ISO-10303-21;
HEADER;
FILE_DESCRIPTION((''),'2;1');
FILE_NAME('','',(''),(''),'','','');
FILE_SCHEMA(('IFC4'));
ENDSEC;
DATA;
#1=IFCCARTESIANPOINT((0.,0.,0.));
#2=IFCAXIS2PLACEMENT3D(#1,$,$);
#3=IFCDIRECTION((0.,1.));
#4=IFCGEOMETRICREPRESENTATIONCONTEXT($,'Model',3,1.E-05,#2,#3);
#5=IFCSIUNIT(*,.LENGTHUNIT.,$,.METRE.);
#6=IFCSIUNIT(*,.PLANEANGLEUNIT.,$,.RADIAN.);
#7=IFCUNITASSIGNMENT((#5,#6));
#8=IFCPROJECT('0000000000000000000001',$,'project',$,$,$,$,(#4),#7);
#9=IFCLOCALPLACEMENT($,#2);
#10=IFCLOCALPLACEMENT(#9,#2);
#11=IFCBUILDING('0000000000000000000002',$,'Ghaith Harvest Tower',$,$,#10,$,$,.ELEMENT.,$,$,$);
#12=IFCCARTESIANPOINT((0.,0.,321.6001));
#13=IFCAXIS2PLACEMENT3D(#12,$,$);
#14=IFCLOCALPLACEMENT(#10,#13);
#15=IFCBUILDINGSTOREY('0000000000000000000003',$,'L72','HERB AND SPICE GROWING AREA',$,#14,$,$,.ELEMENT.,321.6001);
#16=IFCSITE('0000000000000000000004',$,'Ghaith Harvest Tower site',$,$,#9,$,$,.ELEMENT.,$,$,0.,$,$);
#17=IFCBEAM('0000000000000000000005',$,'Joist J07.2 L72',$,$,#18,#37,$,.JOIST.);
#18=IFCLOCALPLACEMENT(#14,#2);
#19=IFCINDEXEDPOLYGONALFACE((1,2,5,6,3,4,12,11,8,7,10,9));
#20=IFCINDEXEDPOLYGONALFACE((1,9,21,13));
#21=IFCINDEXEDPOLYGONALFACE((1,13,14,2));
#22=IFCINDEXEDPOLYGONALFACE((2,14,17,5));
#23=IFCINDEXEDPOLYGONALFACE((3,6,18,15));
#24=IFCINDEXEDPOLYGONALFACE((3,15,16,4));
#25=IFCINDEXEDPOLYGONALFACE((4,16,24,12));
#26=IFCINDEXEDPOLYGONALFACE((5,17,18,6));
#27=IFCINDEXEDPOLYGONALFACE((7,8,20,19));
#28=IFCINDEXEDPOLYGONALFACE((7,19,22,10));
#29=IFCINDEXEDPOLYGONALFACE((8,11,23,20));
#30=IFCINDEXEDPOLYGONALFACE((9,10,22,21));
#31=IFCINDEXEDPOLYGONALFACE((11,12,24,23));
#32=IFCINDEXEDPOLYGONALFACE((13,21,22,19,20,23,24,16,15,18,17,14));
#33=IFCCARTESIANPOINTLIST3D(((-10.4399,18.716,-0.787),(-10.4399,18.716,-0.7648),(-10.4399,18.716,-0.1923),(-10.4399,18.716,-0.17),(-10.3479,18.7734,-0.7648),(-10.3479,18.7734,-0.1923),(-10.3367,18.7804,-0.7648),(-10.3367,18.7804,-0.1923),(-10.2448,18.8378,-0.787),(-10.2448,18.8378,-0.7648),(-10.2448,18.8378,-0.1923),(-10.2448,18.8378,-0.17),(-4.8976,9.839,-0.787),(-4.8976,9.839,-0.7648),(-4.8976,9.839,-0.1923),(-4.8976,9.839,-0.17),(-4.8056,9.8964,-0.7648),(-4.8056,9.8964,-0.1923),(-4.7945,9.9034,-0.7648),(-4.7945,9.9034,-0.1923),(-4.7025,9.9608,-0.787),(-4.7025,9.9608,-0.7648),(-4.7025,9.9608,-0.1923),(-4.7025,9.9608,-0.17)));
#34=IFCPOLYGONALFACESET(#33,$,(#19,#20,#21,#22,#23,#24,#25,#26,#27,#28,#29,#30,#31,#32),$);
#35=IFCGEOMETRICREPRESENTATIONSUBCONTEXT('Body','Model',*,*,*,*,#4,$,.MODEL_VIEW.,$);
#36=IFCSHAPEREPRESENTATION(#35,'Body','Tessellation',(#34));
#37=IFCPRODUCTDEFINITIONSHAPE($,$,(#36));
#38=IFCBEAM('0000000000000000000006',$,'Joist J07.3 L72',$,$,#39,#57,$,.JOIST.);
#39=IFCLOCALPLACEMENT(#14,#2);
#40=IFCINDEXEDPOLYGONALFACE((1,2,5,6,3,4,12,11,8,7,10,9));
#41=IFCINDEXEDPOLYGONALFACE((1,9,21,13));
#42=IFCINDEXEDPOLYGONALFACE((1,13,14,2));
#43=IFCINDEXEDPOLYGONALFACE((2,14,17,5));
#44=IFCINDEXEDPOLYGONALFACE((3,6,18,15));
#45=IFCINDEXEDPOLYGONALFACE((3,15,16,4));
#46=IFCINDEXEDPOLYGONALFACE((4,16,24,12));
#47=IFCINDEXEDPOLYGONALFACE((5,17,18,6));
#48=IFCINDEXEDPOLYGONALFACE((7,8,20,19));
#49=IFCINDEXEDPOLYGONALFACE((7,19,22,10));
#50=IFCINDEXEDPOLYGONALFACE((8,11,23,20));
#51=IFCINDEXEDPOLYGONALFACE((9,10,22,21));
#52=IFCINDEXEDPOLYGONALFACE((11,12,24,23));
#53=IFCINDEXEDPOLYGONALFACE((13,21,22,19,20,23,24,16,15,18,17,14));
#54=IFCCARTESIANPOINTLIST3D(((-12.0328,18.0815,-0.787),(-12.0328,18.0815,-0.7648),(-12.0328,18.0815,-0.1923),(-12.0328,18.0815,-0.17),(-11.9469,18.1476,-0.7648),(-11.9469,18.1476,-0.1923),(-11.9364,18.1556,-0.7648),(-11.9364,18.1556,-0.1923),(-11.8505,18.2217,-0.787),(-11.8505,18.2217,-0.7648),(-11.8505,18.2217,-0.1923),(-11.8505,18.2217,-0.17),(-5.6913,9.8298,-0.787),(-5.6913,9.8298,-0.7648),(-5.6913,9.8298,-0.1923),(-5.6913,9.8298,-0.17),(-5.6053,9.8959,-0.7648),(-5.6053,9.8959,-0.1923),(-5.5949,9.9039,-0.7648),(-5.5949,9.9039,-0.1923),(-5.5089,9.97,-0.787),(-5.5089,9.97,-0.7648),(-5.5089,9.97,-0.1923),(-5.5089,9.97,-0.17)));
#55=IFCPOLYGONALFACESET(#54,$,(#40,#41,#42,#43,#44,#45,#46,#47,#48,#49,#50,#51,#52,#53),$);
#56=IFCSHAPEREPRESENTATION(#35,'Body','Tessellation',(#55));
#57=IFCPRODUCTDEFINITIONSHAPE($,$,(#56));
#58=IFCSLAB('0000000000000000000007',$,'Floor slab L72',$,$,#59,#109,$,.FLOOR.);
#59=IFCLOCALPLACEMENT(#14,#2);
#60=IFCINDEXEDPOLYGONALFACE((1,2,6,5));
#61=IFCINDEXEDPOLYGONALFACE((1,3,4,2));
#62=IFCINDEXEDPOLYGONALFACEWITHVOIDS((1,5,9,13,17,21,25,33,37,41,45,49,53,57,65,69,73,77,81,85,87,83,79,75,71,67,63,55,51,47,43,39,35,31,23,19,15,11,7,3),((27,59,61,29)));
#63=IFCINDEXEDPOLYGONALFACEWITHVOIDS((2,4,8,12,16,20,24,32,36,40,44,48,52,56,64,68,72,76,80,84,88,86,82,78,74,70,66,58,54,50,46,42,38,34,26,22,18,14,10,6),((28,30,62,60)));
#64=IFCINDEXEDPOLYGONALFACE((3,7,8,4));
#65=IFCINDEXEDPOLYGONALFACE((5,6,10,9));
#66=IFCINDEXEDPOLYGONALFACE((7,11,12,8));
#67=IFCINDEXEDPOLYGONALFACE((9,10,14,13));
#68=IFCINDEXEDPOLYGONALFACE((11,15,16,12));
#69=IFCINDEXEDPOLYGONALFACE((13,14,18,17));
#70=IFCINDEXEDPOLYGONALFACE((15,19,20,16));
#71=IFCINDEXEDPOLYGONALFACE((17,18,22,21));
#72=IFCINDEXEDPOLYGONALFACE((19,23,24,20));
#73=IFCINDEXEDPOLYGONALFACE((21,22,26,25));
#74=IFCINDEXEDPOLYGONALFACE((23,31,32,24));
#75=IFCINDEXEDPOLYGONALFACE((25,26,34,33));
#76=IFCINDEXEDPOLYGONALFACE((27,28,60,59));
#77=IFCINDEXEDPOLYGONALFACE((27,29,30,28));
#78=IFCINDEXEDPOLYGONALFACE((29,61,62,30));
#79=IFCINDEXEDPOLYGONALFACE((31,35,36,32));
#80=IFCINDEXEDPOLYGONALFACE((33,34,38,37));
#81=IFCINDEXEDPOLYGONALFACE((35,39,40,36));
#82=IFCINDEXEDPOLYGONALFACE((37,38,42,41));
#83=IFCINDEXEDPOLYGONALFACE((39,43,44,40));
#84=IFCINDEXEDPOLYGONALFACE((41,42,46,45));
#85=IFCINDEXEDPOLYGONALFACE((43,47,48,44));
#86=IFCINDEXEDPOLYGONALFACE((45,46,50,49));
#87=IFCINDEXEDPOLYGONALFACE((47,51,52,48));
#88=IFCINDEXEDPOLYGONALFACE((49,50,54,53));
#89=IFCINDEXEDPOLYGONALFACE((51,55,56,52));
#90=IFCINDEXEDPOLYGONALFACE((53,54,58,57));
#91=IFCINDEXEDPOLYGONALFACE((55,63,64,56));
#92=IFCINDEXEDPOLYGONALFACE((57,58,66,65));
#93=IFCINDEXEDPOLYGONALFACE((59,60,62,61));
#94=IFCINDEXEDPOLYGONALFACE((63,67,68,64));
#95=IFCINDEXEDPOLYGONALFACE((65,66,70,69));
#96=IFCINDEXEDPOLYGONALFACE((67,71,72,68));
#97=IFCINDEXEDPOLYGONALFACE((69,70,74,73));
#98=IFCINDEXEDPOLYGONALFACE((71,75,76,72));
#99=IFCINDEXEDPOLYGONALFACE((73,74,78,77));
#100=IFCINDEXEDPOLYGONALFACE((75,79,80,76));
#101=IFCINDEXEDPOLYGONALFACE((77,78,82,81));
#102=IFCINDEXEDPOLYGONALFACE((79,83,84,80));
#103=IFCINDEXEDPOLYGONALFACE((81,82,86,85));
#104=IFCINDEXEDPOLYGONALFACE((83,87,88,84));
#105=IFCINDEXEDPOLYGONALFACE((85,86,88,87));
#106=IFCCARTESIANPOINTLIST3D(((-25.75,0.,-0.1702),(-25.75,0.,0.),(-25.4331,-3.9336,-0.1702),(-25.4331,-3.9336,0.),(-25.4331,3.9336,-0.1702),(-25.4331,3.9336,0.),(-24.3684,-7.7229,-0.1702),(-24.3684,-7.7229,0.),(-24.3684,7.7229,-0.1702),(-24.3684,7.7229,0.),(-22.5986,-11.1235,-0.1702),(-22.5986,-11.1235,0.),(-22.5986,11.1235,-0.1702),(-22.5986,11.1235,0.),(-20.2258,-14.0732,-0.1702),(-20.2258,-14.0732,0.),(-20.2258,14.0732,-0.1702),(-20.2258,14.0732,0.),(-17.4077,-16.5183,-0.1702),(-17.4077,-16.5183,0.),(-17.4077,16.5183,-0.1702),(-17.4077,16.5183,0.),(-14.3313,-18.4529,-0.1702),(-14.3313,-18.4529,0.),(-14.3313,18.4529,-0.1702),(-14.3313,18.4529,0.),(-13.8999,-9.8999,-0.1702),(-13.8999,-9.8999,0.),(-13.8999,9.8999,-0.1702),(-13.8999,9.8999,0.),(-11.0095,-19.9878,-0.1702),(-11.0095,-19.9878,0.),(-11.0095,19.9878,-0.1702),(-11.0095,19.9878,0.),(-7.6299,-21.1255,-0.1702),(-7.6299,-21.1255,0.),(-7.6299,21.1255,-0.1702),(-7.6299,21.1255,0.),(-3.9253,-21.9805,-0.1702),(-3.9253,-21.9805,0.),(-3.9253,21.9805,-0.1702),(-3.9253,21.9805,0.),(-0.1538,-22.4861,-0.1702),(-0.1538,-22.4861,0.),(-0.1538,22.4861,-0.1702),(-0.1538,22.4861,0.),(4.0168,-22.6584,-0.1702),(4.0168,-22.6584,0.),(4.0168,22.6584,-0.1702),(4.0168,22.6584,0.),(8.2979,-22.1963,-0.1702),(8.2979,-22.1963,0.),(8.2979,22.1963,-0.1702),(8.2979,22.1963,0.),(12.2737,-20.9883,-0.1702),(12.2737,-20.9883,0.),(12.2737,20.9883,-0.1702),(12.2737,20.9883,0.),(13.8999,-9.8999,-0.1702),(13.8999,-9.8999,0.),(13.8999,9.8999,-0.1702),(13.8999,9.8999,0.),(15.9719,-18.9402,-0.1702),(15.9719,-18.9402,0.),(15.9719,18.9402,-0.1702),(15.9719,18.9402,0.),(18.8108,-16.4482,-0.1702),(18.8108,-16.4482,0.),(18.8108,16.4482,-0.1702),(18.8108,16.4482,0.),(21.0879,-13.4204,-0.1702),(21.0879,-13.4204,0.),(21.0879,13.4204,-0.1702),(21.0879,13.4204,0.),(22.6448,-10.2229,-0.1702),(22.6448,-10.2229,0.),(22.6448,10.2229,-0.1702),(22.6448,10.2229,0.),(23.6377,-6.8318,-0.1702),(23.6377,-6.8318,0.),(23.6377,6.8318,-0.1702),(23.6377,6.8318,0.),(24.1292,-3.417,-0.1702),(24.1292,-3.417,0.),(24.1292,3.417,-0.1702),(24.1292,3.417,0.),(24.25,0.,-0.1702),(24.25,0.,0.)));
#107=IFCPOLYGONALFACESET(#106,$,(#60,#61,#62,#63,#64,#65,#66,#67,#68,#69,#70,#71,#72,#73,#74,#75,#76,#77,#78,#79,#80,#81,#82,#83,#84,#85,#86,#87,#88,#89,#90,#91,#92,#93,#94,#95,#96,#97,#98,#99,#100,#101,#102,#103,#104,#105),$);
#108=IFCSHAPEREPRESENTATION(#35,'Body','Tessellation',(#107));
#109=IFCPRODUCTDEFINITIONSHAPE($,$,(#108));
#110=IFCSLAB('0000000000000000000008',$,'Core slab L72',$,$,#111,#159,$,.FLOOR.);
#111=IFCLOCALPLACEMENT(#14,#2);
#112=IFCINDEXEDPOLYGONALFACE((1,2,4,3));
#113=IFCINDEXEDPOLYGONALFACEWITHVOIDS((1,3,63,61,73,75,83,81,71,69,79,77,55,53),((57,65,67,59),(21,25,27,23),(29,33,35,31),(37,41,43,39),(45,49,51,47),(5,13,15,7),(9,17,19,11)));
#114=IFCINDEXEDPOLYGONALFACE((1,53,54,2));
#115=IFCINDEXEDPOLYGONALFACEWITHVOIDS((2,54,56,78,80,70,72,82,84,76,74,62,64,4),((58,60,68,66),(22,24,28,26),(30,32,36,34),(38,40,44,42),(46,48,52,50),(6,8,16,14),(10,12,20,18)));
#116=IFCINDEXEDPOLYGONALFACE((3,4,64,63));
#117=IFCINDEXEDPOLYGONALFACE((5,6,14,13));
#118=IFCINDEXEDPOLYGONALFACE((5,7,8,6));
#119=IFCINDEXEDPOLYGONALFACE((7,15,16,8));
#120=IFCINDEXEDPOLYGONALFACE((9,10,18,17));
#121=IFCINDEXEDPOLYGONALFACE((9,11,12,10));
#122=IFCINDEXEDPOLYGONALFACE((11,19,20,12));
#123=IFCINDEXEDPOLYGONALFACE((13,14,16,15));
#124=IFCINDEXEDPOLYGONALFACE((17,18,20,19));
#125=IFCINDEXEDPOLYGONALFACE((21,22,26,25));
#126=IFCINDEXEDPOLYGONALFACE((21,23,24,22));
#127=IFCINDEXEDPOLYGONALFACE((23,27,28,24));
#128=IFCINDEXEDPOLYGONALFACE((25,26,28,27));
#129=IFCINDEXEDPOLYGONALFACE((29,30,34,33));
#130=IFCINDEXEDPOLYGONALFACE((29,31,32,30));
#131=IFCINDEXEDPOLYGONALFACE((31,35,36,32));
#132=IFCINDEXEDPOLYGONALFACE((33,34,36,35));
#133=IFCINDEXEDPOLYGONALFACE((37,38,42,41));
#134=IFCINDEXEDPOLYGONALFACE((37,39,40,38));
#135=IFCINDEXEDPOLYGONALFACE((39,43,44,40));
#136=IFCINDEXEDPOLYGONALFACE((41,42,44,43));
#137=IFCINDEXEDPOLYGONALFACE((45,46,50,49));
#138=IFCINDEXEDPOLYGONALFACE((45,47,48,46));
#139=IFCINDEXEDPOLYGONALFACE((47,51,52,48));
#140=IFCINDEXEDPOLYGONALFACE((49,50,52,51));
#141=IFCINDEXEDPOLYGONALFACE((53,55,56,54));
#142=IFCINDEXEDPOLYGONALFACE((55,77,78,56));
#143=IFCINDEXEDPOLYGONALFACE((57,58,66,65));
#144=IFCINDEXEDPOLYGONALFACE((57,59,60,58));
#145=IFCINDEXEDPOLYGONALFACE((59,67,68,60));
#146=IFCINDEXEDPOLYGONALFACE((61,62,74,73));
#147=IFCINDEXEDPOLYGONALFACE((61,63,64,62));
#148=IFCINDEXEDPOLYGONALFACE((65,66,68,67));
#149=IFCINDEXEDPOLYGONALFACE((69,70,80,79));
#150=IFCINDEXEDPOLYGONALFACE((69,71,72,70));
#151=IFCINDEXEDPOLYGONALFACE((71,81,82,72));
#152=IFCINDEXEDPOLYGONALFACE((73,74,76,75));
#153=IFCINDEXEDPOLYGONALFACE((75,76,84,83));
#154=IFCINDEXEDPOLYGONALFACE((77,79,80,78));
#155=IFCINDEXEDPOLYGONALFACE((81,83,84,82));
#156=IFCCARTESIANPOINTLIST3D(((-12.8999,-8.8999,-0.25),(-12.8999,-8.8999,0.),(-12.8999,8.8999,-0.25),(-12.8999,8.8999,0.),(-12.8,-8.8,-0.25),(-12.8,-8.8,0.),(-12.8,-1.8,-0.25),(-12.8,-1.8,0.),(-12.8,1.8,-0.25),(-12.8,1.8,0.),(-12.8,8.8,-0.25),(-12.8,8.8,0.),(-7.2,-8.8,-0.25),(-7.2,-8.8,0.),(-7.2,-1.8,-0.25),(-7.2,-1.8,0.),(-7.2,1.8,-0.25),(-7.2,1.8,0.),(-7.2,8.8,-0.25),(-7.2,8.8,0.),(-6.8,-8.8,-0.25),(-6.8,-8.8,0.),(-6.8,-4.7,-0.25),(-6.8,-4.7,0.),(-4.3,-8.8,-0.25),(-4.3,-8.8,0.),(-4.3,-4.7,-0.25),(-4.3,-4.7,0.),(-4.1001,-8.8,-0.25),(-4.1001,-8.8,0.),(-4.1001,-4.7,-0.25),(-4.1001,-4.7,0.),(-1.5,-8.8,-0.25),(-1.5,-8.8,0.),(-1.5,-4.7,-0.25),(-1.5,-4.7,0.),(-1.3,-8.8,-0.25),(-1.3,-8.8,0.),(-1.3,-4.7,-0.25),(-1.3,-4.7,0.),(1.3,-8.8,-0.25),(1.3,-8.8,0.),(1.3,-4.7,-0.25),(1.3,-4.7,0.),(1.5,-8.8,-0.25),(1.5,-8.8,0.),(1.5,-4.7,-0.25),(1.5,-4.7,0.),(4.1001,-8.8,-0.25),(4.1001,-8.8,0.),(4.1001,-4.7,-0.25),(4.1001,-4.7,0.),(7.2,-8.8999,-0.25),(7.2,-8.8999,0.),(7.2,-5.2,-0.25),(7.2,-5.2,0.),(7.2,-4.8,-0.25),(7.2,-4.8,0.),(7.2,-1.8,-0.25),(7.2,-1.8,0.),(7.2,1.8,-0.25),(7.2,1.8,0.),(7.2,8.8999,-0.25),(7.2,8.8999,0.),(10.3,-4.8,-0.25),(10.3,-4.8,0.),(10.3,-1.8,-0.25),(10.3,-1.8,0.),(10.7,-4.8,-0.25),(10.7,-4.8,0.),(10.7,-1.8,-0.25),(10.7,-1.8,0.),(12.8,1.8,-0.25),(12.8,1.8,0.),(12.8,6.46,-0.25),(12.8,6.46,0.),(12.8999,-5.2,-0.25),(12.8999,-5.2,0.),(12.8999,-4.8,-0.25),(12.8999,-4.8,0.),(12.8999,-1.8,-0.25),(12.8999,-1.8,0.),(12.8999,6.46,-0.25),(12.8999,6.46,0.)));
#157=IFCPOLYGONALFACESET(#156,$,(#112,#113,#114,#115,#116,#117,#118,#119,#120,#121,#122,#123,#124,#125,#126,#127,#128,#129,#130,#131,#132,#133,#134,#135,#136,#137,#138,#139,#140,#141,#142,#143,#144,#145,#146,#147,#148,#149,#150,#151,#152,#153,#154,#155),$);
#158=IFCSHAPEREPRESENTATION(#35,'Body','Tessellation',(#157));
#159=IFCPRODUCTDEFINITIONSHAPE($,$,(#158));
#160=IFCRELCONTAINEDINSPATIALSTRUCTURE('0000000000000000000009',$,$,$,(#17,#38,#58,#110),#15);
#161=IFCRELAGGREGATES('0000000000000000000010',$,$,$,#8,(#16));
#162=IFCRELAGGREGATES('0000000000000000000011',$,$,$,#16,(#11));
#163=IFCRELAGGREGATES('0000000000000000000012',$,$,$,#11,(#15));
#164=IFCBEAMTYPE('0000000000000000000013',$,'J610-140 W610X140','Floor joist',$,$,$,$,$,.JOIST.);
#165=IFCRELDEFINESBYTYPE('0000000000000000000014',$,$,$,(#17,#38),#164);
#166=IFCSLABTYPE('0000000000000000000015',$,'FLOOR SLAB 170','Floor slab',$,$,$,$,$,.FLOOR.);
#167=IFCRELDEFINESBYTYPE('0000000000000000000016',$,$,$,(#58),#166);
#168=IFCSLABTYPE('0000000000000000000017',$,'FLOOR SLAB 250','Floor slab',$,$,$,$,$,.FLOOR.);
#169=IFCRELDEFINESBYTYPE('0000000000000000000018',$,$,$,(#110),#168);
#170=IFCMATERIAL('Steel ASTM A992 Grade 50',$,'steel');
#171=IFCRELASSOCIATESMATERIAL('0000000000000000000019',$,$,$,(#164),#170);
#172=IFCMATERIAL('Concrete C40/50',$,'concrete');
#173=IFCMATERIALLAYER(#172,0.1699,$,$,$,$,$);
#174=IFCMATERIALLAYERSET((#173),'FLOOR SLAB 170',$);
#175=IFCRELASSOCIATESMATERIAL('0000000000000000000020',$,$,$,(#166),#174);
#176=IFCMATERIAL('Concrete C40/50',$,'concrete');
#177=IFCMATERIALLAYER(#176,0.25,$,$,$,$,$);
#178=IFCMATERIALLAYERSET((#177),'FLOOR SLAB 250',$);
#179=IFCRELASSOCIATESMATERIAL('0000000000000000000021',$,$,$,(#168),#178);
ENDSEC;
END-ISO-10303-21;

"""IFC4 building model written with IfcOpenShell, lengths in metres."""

from ifc_helpers import new_model, si_unit, direction, frame, origin, origin_2d, place, context, subcontext, project, spatial, polyline, i_section, outline, extrude, material, layer, layer_set, material_profile, profile_set, type_object, element, save


model = new_model("IFC4")

# Units and contexts
model_context = context("Model", 3, precision=1e-05, world=origin(), true_north=direction((0.0, 1.0)))
body_context = subcontext(model_context, "Body", "Model", "MODEL_VIEW")
ifc_project = project(units=[si_unit("LENGTHUNIT", "METRE"), si_unit("PLANEANGLEUNIT", "RADIAN")], contexts=[model_context])

# Site, building, storey
site_placement = place(None, origin())
site = spatial("IfcSite", under=ifc_project, at=site_placement, Name="Ghaith Harvest Tower site", CompositionType="ELEMENT", RefElevation=0.0)
building_placement = place(site_placement, origin())
building = spatial("IfcBuilding", under=site, at=building_placement, Name="Ghaith Harvest Tower", CompositionType="ELEMENT")
storey_placement = place(building_placement, frame((0.0, 0.0, 321.6001)))
storey = spatial("IfcBuildingStorey", under=building, at=storey_placement, Name="L72", Description="HERB AND SPICE GROWING AREA", CompositionType="ELEMENT", Elevation=321.6001)

# Beams
ifc_material_1 = material(Name="Steel ASTM A992 Grade 50", Category="steel")
ifc_material_profile_1 = material_profile(ifc_material_1, i_section(OverallWidth=0.23, OverallDepth=0.6169, WebThickness=0.0132, FlangeThickness=0.0222, at=origin_2d()), Name="W610X140")
ifc_profile_set_1 = profile_set([ifc_material_profile_1], Name="Steel ASTM A992 Grade 50")
beam_type_1 = type_object("IfcBeamType", Name="J610-140 W610X140", Description="Floor joist", PredefinedType="JOIST", material=ifc_profile_set_1)
beam_1_placement = place(storey_placement, frame((-4.8, 9.8999, -0.4785), z_axis=(-0.529596, 0.84825, 0.0), x_axis=(-0.84825, -0.529596, 0.0)))
element("IfcBeam", 1, at=beam_1_placement, inside=storey, type_object=beam_type_1, Name="Joist J07.2 L72", PredefinedType="JOIST", context=body_context, shape_type="SweptSolid", body=[
    extrude(i_section(OverallWidth=0.23, OverallDepth=0.6169, WebThickness=0.0132, FlangeThickness=0.0222, at=origin_2d()), origin(), (0.0, 0.0, 1.0), 10.4651),
])
beam_2_placement = place(storey_placement, frame((-5.6001, 9.8999, -0.4785), z_axis=(-0.609354, 0.792899, 0.0), x_axis=(-0.792899, -0.609354, 0.0)))
element("IfcBeam", 2, at=beam_2_placement, inside=storey, type_object=beam_type_1, Name="Joist J07.3 L72", PredefinedType="JOIST", context=body_context, shape_type="SweptSolid", body=[
    extrude(i_section(OverallWidth=0.23, OverallDepth=0.6169, WebThickness=0.0132, FlangeThickness=0.0222, at=origin_2d()), origin(), (0.0, 0.0, 1.0), 10.407),
])

# Slabs
ifc_material_2 = material(Name="Concrete C40/50", Category="concrete")
ifc_layer_1 = layer(ifc_material_2, 0.1699)
ifc_layer_set_1 = layer_set([ifc_layer_1], Name="FLOOR SLAB 170")
slab_type_1 = type_object("IfcSlabType", Name="FLOOR SLAB 170", Description="Floor slab", PredefinedType="FLOOR", material=ifc_layer_set_1)
slab_1_placement = place(storey_placement, frame((0.0, 0.0, -0.1702)))
element("IfcSlab", 3, at=slab_1_placement, inside=storey, type_object=slab_type_1, Name="Floor slab L72", PredefinedType="FLOOR", context=body_context, shape_type="SweptSolid", body=[
    extrude(outline(polyline([(24.25, 0.0), (24.1292, 3.417), (23.6377, 6.8318), (22.6448, 10.2229), (21.0879, 13.4204), (18.8108, 16.4482), (15.9719, 18.9402), (12.2737, 20.9883), (8.2979, 22.1963), (4.0168, 22.6584), (-0.1538, 22.4861), (-3.9253, 21.9805), (-7.6299, 21.1255), (-11.0095, 19.9878), (-14.3313, 18.4529), (-17.4077, 16.5183), (-20.2258, 14.0732), (-22.5986, 11.1235), (-24.3684, 7.7229), (-25.4331, 3.9336), (-25.75, 0.0), (-25.4331, -3.9336), (-24.3684, -7.7229), (-22.5986, -11.1235), (-20.2258, -14.0732), (-17.4077, -16.5183), (-14.3313, -18.4529), (-11.0095, -19.9878), (-7.6299, -21.1255), (-3.9253, -21.9805), (-0.1538, -22.4861), (4.0168, -22.6584), (8.2979, -22.1963), (12.2737, -20.9883), (15.9719, -18.9402), (18.8108, -16.4482), (21.0879, -13.4204), (22.6448, -10.2229), (23.6377, -6.8318), (24.1292, -3.417), (24.25, 0.0)]), holes=[polyline([(-13.8999, -9.8999), (13.8999, -9.8999), (13.8999, 9.8999), (-13.8999, 9.8999), (-13.8999, -9.8999)])]), origin(), (0.0, 0.0, 1.0), 0.1702),
])
ifc_material_3 = material(Name="Concrete C40/50", Category="concrete")
ifc_layer_2 = layer(ifc_material_3, 0.25)
ifc_layer_set_2 = layer_set([ifc_layer_2], Name="FLOOR SLAB 250")
slab_type_2 = type_object("IfcSlabType", Name="FLOOR SLAB 250", Description="Floor slab", PredefinedType="FLOOR", material=ifc_layer_set_2)
slab_2_placement = place(storey_placement, frame((0.0, 0.0, -0.25)))
element("IfcSlab", 4, at=slab_2_placement, inside=storey, type_object=slab_type_2, Name="Core slab L72", PredefinedType="FLOOR", context=body_context, shape_type="SweptSolid", body=[
    extrude(outline(polyline([(-12.8999, 8.8999), (7.2, 8.8999), (7.2, 1.8), (12.8, 1.8), (12.8, 6.46), (12.8999, 6.46), (12.8999, -1.8), (10.7, -1.8), (10.7, -4.8), (12.8999, -4.8), (12.8999, -5.2), (7.2, -5.2), (7.2, -8.8999), (-12.8999, -8.8999), (-12.8999, 8.8999)]), holes=[polyline([(-4.3, -4.7), (-6.8, -4.7), (-6.8, -8.8), (-4.3, -8.8), (-4.3, -4.7)]), polyline([(-1.5, -4.7), (-4.1001, -4.7), (-4.1001, -8.8), (-1.5, -8.8), (-1.5, -4.7)]), polyline([(1.3, -8.8), (1.3, -4.7), (-1.3, -4.7), (-1.3, -8.8), (1.3, -8.8)]), polyline([(4.1001, -8.8), (4.1001, -4.7), (1.5, -4.7), (1.5, -8.8), (4.1001, -8.8)]), polyline([(-7.2, -1.8), (-12.8, -1.8), (-12.8, -8.8), (-7.2, -8.8), (-7.2, -1.8)]), polyline([(10.3, -1.8), (7.2, -1.8), (7.2, -4.8), (10.3, -4.8), (10.3, -1.8)]), polyline([(-12.8, 1.8), (-7.2, 1.8), (-7.2, 8.8), (-12.8, 8.8), (-12.8, 1.8)])]), origin(), (0.0, 0.0, 1.0), 0.25),
])

save(model, "model.ifc")
